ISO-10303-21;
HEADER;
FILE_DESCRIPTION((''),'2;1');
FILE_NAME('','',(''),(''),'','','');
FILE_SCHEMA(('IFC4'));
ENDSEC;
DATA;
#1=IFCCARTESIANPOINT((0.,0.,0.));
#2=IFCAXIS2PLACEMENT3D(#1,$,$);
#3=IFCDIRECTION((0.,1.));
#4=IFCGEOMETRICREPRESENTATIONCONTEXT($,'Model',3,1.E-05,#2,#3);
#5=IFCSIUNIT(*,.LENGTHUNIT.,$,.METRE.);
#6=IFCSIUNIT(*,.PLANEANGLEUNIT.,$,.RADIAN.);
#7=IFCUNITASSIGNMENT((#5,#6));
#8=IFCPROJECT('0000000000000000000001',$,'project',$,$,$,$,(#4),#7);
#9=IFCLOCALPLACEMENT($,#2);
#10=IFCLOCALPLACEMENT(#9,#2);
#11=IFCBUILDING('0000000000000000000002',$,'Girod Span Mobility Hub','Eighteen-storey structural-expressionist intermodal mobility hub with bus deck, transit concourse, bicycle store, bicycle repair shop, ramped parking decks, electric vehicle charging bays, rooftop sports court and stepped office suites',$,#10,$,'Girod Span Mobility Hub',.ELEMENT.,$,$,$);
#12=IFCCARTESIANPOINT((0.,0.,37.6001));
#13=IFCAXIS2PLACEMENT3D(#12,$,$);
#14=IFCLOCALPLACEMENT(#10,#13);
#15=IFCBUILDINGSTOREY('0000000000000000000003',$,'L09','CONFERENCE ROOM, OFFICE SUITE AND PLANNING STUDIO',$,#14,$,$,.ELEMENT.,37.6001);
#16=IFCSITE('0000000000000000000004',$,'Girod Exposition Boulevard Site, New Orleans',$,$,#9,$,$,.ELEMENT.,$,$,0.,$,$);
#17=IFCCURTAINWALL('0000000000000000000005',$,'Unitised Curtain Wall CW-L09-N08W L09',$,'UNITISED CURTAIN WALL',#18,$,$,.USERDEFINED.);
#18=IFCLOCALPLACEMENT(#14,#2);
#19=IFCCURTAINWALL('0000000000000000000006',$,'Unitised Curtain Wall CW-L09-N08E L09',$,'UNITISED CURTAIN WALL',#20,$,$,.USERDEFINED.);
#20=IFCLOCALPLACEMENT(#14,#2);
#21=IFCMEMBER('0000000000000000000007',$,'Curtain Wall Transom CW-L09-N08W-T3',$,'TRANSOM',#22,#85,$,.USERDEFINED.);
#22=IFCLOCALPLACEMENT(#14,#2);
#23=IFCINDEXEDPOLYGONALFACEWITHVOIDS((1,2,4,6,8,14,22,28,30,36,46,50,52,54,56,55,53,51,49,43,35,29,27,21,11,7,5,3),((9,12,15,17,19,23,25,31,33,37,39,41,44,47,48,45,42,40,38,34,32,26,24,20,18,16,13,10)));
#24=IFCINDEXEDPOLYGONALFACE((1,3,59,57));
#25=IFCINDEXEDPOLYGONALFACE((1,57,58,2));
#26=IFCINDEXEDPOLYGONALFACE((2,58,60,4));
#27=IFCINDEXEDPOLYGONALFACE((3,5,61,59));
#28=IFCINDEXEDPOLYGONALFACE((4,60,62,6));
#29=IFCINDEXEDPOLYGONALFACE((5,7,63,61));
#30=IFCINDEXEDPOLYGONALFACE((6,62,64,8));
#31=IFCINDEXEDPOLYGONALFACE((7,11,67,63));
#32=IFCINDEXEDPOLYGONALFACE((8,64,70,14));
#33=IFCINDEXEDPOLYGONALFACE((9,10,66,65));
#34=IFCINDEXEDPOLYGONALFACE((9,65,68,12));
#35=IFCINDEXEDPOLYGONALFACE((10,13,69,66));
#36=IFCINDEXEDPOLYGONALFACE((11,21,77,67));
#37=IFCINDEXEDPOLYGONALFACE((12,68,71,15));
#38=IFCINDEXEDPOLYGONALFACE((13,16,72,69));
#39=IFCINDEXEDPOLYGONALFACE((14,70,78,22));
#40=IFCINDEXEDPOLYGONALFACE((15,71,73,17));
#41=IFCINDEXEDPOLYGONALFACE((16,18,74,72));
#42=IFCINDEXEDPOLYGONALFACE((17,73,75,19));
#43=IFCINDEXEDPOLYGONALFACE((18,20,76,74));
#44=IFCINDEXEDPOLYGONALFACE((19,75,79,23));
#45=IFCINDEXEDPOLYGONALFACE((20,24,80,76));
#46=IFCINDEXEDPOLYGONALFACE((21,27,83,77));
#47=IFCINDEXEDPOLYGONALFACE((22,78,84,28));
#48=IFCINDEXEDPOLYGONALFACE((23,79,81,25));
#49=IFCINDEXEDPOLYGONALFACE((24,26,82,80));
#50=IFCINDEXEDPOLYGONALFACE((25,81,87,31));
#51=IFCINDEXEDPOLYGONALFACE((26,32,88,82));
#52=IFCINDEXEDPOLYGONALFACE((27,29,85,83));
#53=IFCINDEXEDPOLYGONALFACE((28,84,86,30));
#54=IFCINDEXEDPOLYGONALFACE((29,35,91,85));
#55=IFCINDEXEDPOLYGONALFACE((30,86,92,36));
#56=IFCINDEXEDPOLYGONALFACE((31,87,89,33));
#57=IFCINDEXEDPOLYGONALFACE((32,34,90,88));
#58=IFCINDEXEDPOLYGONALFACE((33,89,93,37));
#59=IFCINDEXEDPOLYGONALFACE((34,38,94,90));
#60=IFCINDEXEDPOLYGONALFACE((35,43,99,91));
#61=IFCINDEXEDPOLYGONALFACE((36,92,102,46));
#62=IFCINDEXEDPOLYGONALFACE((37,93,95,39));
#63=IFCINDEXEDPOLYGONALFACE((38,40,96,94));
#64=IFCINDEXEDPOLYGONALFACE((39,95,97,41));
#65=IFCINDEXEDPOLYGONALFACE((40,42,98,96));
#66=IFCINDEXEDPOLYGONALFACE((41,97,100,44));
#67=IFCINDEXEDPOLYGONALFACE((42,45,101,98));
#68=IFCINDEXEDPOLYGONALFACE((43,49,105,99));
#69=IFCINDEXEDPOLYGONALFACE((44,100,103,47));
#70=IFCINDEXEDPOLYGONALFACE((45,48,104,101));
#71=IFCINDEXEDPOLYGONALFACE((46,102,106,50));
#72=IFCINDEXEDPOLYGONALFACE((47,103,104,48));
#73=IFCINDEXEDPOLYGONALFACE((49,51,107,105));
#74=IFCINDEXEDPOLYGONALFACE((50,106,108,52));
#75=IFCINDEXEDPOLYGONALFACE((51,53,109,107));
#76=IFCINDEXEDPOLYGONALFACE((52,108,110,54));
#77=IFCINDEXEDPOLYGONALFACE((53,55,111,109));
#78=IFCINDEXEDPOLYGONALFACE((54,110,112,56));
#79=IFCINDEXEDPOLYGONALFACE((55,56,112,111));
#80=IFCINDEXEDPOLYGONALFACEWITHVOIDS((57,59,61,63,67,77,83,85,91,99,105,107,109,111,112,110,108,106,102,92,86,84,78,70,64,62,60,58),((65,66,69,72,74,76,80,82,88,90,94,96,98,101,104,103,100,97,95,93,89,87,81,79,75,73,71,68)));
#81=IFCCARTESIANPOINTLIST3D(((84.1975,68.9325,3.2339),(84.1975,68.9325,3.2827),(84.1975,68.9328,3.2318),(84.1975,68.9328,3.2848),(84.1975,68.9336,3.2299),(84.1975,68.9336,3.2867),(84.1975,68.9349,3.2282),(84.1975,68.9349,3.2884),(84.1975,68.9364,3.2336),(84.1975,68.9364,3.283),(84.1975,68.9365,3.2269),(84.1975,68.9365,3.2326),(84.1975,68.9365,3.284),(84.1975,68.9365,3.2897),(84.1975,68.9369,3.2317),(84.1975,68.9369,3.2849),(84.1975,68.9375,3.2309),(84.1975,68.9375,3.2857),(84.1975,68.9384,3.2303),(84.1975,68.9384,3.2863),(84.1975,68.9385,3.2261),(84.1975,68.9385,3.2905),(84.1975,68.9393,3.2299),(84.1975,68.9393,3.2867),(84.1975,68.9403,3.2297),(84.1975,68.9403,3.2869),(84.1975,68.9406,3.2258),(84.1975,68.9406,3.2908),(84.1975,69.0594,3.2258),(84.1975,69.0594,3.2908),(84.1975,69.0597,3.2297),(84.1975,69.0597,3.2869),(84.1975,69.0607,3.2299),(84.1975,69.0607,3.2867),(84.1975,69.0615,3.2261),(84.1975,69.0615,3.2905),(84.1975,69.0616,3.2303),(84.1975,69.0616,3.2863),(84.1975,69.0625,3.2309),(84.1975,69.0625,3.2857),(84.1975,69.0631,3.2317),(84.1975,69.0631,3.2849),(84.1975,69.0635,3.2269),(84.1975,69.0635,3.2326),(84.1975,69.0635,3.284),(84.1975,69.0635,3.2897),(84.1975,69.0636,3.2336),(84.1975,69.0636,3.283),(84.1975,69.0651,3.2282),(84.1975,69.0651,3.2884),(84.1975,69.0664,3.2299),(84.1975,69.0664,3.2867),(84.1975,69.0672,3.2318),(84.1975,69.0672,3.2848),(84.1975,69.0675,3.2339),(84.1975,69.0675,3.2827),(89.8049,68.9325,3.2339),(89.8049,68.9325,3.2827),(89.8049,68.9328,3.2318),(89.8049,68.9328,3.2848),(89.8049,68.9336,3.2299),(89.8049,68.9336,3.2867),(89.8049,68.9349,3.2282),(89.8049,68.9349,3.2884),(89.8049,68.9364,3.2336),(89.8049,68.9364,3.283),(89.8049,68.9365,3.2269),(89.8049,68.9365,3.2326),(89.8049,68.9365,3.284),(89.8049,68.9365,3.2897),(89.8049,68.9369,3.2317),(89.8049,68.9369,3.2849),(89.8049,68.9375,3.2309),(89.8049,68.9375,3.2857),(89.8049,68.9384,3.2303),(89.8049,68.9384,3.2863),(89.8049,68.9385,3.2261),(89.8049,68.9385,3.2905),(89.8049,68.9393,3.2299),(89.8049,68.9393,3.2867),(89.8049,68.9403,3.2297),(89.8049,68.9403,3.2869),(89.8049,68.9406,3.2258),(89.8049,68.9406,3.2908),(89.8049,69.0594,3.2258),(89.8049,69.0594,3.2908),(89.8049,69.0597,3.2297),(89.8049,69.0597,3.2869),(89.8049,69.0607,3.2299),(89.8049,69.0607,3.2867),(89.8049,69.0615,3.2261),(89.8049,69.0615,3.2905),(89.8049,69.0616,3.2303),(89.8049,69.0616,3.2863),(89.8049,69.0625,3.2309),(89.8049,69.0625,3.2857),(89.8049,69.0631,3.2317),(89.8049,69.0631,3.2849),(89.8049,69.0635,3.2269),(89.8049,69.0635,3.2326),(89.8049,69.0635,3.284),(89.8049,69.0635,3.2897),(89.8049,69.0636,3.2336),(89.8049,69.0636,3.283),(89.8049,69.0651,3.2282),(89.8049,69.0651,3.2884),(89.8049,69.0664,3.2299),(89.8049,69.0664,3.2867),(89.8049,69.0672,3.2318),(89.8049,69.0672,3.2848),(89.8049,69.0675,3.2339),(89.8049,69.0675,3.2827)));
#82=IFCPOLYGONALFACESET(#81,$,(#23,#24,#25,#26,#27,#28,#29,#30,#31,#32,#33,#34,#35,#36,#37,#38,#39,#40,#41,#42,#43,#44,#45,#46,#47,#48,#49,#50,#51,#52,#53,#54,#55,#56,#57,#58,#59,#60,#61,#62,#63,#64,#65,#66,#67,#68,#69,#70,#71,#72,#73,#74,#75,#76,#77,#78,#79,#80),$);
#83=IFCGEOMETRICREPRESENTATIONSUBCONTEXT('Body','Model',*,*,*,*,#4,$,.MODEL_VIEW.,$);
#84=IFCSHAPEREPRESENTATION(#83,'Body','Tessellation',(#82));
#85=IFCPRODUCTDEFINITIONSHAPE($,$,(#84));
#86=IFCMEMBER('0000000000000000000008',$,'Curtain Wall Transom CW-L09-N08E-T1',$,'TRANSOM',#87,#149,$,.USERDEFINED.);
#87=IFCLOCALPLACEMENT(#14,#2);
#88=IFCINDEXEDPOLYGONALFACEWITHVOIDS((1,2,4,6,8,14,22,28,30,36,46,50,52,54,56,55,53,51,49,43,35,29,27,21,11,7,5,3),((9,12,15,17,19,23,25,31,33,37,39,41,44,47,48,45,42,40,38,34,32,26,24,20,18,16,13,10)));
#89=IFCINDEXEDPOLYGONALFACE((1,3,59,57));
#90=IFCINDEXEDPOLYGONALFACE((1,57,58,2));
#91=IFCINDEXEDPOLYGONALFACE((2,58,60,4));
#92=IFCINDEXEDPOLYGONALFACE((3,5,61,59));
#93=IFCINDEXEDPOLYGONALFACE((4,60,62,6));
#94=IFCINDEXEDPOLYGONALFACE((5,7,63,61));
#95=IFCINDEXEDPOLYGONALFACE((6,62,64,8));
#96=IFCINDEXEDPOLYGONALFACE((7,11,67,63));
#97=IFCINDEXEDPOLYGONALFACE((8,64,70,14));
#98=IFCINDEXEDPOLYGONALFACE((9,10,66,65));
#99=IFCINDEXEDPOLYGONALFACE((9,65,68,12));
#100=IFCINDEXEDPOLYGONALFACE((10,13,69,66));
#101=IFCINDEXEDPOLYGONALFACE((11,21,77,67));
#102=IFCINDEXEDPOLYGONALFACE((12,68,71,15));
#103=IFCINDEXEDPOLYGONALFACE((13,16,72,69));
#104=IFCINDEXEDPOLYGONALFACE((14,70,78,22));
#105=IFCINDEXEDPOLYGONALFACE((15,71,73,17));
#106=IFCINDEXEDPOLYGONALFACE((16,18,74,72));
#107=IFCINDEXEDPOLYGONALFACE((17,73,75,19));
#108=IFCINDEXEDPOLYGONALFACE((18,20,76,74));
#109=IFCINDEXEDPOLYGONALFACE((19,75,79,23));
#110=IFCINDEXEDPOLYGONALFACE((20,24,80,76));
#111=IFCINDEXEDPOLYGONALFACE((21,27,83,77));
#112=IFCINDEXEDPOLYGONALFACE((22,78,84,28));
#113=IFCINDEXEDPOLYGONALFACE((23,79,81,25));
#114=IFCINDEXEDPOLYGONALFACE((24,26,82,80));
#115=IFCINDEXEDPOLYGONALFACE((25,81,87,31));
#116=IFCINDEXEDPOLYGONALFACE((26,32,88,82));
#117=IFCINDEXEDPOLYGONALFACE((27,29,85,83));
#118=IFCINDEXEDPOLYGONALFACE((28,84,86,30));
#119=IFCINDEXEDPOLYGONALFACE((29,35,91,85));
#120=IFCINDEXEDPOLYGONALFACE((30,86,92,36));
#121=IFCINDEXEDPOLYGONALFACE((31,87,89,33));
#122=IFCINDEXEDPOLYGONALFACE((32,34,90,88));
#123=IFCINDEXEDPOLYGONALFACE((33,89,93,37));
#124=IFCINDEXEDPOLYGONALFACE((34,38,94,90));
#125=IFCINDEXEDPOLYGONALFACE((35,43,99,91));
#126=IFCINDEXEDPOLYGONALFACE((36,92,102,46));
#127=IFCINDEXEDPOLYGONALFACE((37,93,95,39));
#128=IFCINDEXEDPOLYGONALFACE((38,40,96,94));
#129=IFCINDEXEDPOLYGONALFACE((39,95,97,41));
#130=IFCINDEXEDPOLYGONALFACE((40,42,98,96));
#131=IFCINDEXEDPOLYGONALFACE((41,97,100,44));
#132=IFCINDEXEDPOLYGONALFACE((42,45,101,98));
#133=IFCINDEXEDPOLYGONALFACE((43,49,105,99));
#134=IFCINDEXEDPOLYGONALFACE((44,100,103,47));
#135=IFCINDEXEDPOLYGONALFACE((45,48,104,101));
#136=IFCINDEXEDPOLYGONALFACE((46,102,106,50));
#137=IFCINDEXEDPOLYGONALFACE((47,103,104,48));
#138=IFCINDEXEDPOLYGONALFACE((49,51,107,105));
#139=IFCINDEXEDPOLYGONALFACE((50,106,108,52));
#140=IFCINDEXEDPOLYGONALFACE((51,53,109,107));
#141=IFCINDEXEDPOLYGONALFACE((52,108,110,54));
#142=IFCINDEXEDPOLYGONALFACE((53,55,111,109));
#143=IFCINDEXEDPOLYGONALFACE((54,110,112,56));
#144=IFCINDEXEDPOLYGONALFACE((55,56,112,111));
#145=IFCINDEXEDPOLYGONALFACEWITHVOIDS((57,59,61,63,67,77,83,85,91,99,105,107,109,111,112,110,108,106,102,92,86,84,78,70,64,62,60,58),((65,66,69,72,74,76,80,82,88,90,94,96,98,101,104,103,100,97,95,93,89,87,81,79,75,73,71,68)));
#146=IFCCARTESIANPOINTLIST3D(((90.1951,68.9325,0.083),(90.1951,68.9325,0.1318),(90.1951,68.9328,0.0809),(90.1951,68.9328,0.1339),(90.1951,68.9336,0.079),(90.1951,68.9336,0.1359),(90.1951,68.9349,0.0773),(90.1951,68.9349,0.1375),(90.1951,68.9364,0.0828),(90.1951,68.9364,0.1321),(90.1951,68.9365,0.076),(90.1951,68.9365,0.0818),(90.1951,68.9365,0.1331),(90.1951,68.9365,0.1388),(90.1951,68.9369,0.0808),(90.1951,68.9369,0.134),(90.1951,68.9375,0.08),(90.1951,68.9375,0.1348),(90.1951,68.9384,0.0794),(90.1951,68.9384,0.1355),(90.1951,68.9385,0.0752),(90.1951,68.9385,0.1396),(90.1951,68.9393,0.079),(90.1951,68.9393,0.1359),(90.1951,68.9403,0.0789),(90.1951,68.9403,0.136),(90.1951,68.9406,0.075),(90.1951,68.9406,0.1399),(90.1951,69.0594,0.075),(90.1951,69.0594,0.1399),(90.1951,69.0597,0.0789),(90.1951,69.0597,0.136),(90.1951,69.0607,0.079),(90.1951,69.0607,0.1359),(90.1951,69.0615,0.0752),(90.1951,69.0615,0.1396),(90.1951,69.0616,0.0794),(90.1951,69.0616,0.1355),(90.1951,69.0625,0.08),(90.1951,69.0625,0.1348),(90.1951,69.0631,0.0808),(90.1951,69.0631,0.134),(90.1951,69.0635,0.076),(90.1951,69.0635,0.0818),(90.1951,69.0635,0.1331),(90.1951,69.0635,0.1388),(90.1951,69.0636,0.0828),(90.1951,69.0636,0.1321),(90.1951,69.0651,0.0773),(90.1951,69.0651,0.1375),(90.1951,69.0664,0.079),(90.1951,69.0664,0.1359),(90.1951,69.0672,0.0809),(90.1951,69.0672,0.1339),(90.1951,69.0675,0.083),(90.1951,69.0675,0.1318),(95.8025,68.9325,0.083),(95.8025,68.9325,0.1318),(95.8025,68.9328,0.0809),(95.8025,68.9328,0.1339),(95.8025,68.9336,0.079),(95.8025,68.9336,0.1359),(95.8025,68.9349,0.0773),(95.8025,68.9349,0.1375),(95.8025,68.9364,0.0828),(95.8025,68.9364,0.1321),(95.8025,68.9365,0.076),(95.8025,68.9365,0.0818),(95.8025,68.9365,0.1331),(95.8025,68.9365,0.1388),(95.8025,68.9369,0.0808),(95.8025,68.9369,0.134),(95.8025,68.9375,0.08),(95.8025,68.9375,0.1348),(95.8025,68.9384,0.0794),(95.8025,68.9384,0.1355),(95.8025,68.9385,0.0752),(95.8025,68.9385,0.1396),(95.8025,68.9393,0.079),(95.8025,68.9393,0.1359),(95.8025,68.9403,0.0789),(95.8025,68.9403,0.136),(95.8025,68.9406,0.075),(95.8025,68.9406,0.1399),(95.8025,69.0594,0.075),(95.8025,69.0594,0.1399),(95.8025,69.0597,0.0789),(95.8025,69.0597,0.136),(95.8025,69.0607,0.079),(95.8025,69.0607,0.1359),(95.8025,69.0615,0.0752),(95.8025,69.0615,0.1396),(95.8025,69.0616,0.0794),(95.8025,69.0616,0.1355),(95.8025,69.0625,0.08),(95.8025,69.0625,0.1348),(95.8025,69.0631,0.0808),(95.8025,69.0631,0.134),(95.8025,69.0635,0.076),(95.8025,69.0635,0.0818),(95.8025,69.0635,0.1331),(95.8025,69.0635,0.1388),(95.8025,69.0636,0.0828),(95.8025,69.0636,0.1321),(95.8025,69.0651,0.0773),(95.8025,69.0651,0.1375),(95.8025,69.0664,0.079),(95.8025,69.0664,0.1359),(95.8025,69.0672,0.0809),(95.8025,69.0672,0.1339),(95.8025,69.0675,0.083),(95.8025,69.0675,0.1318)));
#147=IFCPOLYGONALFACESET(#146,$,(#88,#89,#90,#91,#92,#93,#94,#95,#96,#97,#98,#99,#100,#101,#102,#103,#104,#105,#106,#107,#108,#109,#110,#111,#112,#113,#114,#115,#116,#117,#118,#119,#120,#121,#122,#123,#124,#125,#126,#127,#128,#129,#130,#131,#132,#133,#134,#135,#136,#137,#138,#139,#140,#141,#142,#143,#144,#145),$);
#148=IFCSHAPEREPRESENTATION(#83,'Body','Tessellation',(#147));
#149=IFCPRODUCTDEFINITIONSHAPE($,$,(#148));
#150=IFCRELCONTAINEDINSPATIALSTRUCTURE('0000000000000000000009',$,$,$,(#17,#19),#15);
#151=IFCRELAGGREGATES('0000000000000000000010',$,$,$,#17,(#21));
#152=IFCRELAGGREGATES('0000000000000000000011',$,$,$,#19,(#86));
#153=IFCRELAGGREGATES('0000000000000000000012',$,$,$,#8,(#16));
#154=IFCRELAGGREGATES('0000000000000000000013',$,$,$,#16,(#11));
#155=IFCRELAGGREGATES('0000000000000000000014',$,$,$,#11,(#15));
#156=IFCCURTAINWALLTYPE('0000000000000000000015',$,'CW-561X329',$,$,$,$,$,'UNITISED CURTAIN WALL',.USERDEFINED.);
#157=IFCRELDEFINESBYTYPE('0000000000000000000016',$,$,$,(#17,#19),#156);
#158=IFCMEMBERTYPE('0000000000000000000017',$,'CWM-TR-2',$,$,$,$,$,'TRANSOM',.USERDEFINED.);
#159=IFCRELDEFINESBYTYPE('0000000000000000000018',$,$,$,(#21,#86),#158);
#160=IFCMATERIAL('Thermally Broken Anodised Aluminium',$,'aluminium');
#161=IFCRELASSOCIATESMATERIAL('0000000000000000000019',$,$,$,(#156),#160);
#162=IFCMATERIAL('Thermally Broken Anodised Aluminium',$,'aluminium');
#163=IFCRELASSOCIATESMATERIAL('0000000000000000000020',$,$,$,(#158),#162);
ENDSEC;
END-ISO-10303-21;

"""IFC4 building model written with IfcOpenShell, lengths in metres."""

from ifc_helpers import new_model, si_unit, direction, frame, origin, origin_2d, place, context, subcontext, project, spatial, hollow_rectangle, extrude, material, material_profile, profile_set, type_object, element, aggregate, save


model = new_model("IFC4")

# Units and contexts
model_context = context("Model", 3, precision=1e-05, world=origin(), true_north=direction((0.0, 1.0)))
body_context = subcontext(model_context, "Body", "Model", "MODEL_VIEW")
ifc_project = project(units=[si_unit("LENGTHUNIT", "METRE"), si_unit("PLANEANGLEUNIT", "RADIAN")], contexts=[model_context])

# Site, building, storey
site_placement = place(None, origin())
site = spatial("IfcSite", under=ifc_project, at=site_placement, Name="Girod Exposition Boulevard Site, New Orleans", CompositionType="ELEMENT", RefElevation=0.0)
building_placement = place(site_placement, origin())
building = spatial("IfcBuilding", under=site, at=building_placement, Name="Girod Span Mobility Hub", Description="Eighteen-storey structural-expressionist intermodal mobility hub with bus deck, transit concourse, bicycle store, bicycle repair shop, ramped parking decks, electric vehicle charging bays, rooftop sports court and stepped office suites", LongName="Girod Span Mobility Hub", CompositionType="ELEMENT")
storey_placement = place(building_placement, frame((0.0, 0.0, 37.6001)))
storey = spatial("IfcBuildingStorey", under=building, at=storey_placement, Name="L09", Description="CONFERENCE ROOM, OFFICE SUITE AND PLANNING STUDIO", CompositionType="ELEMENT", Elevation=37.6001)

# Curtain walls
ifc_material_1 = material(Name="Thermally Broken Anodised Aluminium", Category="aluminium")
curtain_wall_type = type_object("IfcCurtainWallType", Name="CW-561X329", ElementType="UNITISED CURTAIN WALL", PredefinedType="USERDEFINED", material=ifc_material_1)
curtain_wall_1_placement = place(storey_placement, origin())
curtain_wall_1 = element("IfcCurtainWall", 1, at=curtain_wall_1_placement, inside=storey, type_object=curtain_wall_type, Name="Unitised Curtain Wall CW-L09-N08W L09", ObjectType="UNITISED CURTAIN WALL", PredefinedType="USERDEFINED")
curtain_wall_2_placement = place(storey_placement, origin())
curtain_wall_2 = element("IfcCurtainWall", 2, at=curtain_wall_2_placement, inside=storey, type_object=curtain_wall_type, Name="Unitised Curtain Wall CW-L09-N08E L09", ObjectType="UNITISED CURTAIN WALL", PredefinedType="USERDEFINED")

# Members
ifc_material_2 = material(Name="Thermally Broken Anodised Aluminium", Category="aluminium")
ifc_material_profile_1 = material_profile(ifc_material_2, hollow_rectangle(XDim=0.135, YDim=0.0649, WallThickness=0.0039, InnerFilletRadius=0.0039, OuterFilletRadius=0.0081, at=origin_2d()), Name="CW-TR-65X135")
ifc_profile_set_1 = profile_set([ifc_material_profile_1], Name="Thermally Broken Anodised Aluminium")
member_type_1 = type_object("IfcMemberType", Name="CWM-TR-2", ElementType="TRANSOM", PredefinedType="USERDEFINED", material=ifc_profile_set_1)
member_1_placement = place(storey_placement, frame((84.1975, 69.0, 3.2583), z_axis=(1.0, 0.0, 0.0), x_axis=(0.0, 1.0, 0.0)))
member_1 = element("IfcMember", 3, at=member_1_placement, type_object=member_type_1, Name="Curtain Wall Transom CW-L09-N08W-T3", ObjectType="TRANSOM", PredefinedType="USERDEFINED", context=body_context, shape_type="SweptSolid", body=[
    extrude(hollow_rectangle(XDim=0.135, YDim=0.0649, WallThickness=0.0039, InnerFilletRadius=0.0039, OuterFilletRadius=0.0081, at=origin_2d()), origin(), (0.0, 0.0, 1.0), 5.6074),
])
member_2_placement = place(storey_placement, frame((90.1951, 69.0, 0.1074), z_axis=(1.0, 0.0, 0.0), x_axis=(0.0, 1.0, 0.0)))
member_2 = element("IfcMember", 4, at=member_2_placement, type_object=member_type_1, Name="Curtain Wall Transom CW-L09-N08E-T1", ObjectType="TRANSOM", PredefinedType="USERDEFINED", context=body_context, shape_type="SweptSolid", body=[
    extrude(hollow_rectangle(XDim=0.135, YDim=0.0649, WallThickness=0.0039, InnerFilletRadius=0.0039, OuterFilletRadius=0.0081, at=origin_2d()), origin(), (0.0, 0.0, 1.0), 5.6074),
])

aggregate(curtain_wall_1, [member_1])
aggregate(curtain_wall_2, [member_2])

save(model, "model.ifc")
